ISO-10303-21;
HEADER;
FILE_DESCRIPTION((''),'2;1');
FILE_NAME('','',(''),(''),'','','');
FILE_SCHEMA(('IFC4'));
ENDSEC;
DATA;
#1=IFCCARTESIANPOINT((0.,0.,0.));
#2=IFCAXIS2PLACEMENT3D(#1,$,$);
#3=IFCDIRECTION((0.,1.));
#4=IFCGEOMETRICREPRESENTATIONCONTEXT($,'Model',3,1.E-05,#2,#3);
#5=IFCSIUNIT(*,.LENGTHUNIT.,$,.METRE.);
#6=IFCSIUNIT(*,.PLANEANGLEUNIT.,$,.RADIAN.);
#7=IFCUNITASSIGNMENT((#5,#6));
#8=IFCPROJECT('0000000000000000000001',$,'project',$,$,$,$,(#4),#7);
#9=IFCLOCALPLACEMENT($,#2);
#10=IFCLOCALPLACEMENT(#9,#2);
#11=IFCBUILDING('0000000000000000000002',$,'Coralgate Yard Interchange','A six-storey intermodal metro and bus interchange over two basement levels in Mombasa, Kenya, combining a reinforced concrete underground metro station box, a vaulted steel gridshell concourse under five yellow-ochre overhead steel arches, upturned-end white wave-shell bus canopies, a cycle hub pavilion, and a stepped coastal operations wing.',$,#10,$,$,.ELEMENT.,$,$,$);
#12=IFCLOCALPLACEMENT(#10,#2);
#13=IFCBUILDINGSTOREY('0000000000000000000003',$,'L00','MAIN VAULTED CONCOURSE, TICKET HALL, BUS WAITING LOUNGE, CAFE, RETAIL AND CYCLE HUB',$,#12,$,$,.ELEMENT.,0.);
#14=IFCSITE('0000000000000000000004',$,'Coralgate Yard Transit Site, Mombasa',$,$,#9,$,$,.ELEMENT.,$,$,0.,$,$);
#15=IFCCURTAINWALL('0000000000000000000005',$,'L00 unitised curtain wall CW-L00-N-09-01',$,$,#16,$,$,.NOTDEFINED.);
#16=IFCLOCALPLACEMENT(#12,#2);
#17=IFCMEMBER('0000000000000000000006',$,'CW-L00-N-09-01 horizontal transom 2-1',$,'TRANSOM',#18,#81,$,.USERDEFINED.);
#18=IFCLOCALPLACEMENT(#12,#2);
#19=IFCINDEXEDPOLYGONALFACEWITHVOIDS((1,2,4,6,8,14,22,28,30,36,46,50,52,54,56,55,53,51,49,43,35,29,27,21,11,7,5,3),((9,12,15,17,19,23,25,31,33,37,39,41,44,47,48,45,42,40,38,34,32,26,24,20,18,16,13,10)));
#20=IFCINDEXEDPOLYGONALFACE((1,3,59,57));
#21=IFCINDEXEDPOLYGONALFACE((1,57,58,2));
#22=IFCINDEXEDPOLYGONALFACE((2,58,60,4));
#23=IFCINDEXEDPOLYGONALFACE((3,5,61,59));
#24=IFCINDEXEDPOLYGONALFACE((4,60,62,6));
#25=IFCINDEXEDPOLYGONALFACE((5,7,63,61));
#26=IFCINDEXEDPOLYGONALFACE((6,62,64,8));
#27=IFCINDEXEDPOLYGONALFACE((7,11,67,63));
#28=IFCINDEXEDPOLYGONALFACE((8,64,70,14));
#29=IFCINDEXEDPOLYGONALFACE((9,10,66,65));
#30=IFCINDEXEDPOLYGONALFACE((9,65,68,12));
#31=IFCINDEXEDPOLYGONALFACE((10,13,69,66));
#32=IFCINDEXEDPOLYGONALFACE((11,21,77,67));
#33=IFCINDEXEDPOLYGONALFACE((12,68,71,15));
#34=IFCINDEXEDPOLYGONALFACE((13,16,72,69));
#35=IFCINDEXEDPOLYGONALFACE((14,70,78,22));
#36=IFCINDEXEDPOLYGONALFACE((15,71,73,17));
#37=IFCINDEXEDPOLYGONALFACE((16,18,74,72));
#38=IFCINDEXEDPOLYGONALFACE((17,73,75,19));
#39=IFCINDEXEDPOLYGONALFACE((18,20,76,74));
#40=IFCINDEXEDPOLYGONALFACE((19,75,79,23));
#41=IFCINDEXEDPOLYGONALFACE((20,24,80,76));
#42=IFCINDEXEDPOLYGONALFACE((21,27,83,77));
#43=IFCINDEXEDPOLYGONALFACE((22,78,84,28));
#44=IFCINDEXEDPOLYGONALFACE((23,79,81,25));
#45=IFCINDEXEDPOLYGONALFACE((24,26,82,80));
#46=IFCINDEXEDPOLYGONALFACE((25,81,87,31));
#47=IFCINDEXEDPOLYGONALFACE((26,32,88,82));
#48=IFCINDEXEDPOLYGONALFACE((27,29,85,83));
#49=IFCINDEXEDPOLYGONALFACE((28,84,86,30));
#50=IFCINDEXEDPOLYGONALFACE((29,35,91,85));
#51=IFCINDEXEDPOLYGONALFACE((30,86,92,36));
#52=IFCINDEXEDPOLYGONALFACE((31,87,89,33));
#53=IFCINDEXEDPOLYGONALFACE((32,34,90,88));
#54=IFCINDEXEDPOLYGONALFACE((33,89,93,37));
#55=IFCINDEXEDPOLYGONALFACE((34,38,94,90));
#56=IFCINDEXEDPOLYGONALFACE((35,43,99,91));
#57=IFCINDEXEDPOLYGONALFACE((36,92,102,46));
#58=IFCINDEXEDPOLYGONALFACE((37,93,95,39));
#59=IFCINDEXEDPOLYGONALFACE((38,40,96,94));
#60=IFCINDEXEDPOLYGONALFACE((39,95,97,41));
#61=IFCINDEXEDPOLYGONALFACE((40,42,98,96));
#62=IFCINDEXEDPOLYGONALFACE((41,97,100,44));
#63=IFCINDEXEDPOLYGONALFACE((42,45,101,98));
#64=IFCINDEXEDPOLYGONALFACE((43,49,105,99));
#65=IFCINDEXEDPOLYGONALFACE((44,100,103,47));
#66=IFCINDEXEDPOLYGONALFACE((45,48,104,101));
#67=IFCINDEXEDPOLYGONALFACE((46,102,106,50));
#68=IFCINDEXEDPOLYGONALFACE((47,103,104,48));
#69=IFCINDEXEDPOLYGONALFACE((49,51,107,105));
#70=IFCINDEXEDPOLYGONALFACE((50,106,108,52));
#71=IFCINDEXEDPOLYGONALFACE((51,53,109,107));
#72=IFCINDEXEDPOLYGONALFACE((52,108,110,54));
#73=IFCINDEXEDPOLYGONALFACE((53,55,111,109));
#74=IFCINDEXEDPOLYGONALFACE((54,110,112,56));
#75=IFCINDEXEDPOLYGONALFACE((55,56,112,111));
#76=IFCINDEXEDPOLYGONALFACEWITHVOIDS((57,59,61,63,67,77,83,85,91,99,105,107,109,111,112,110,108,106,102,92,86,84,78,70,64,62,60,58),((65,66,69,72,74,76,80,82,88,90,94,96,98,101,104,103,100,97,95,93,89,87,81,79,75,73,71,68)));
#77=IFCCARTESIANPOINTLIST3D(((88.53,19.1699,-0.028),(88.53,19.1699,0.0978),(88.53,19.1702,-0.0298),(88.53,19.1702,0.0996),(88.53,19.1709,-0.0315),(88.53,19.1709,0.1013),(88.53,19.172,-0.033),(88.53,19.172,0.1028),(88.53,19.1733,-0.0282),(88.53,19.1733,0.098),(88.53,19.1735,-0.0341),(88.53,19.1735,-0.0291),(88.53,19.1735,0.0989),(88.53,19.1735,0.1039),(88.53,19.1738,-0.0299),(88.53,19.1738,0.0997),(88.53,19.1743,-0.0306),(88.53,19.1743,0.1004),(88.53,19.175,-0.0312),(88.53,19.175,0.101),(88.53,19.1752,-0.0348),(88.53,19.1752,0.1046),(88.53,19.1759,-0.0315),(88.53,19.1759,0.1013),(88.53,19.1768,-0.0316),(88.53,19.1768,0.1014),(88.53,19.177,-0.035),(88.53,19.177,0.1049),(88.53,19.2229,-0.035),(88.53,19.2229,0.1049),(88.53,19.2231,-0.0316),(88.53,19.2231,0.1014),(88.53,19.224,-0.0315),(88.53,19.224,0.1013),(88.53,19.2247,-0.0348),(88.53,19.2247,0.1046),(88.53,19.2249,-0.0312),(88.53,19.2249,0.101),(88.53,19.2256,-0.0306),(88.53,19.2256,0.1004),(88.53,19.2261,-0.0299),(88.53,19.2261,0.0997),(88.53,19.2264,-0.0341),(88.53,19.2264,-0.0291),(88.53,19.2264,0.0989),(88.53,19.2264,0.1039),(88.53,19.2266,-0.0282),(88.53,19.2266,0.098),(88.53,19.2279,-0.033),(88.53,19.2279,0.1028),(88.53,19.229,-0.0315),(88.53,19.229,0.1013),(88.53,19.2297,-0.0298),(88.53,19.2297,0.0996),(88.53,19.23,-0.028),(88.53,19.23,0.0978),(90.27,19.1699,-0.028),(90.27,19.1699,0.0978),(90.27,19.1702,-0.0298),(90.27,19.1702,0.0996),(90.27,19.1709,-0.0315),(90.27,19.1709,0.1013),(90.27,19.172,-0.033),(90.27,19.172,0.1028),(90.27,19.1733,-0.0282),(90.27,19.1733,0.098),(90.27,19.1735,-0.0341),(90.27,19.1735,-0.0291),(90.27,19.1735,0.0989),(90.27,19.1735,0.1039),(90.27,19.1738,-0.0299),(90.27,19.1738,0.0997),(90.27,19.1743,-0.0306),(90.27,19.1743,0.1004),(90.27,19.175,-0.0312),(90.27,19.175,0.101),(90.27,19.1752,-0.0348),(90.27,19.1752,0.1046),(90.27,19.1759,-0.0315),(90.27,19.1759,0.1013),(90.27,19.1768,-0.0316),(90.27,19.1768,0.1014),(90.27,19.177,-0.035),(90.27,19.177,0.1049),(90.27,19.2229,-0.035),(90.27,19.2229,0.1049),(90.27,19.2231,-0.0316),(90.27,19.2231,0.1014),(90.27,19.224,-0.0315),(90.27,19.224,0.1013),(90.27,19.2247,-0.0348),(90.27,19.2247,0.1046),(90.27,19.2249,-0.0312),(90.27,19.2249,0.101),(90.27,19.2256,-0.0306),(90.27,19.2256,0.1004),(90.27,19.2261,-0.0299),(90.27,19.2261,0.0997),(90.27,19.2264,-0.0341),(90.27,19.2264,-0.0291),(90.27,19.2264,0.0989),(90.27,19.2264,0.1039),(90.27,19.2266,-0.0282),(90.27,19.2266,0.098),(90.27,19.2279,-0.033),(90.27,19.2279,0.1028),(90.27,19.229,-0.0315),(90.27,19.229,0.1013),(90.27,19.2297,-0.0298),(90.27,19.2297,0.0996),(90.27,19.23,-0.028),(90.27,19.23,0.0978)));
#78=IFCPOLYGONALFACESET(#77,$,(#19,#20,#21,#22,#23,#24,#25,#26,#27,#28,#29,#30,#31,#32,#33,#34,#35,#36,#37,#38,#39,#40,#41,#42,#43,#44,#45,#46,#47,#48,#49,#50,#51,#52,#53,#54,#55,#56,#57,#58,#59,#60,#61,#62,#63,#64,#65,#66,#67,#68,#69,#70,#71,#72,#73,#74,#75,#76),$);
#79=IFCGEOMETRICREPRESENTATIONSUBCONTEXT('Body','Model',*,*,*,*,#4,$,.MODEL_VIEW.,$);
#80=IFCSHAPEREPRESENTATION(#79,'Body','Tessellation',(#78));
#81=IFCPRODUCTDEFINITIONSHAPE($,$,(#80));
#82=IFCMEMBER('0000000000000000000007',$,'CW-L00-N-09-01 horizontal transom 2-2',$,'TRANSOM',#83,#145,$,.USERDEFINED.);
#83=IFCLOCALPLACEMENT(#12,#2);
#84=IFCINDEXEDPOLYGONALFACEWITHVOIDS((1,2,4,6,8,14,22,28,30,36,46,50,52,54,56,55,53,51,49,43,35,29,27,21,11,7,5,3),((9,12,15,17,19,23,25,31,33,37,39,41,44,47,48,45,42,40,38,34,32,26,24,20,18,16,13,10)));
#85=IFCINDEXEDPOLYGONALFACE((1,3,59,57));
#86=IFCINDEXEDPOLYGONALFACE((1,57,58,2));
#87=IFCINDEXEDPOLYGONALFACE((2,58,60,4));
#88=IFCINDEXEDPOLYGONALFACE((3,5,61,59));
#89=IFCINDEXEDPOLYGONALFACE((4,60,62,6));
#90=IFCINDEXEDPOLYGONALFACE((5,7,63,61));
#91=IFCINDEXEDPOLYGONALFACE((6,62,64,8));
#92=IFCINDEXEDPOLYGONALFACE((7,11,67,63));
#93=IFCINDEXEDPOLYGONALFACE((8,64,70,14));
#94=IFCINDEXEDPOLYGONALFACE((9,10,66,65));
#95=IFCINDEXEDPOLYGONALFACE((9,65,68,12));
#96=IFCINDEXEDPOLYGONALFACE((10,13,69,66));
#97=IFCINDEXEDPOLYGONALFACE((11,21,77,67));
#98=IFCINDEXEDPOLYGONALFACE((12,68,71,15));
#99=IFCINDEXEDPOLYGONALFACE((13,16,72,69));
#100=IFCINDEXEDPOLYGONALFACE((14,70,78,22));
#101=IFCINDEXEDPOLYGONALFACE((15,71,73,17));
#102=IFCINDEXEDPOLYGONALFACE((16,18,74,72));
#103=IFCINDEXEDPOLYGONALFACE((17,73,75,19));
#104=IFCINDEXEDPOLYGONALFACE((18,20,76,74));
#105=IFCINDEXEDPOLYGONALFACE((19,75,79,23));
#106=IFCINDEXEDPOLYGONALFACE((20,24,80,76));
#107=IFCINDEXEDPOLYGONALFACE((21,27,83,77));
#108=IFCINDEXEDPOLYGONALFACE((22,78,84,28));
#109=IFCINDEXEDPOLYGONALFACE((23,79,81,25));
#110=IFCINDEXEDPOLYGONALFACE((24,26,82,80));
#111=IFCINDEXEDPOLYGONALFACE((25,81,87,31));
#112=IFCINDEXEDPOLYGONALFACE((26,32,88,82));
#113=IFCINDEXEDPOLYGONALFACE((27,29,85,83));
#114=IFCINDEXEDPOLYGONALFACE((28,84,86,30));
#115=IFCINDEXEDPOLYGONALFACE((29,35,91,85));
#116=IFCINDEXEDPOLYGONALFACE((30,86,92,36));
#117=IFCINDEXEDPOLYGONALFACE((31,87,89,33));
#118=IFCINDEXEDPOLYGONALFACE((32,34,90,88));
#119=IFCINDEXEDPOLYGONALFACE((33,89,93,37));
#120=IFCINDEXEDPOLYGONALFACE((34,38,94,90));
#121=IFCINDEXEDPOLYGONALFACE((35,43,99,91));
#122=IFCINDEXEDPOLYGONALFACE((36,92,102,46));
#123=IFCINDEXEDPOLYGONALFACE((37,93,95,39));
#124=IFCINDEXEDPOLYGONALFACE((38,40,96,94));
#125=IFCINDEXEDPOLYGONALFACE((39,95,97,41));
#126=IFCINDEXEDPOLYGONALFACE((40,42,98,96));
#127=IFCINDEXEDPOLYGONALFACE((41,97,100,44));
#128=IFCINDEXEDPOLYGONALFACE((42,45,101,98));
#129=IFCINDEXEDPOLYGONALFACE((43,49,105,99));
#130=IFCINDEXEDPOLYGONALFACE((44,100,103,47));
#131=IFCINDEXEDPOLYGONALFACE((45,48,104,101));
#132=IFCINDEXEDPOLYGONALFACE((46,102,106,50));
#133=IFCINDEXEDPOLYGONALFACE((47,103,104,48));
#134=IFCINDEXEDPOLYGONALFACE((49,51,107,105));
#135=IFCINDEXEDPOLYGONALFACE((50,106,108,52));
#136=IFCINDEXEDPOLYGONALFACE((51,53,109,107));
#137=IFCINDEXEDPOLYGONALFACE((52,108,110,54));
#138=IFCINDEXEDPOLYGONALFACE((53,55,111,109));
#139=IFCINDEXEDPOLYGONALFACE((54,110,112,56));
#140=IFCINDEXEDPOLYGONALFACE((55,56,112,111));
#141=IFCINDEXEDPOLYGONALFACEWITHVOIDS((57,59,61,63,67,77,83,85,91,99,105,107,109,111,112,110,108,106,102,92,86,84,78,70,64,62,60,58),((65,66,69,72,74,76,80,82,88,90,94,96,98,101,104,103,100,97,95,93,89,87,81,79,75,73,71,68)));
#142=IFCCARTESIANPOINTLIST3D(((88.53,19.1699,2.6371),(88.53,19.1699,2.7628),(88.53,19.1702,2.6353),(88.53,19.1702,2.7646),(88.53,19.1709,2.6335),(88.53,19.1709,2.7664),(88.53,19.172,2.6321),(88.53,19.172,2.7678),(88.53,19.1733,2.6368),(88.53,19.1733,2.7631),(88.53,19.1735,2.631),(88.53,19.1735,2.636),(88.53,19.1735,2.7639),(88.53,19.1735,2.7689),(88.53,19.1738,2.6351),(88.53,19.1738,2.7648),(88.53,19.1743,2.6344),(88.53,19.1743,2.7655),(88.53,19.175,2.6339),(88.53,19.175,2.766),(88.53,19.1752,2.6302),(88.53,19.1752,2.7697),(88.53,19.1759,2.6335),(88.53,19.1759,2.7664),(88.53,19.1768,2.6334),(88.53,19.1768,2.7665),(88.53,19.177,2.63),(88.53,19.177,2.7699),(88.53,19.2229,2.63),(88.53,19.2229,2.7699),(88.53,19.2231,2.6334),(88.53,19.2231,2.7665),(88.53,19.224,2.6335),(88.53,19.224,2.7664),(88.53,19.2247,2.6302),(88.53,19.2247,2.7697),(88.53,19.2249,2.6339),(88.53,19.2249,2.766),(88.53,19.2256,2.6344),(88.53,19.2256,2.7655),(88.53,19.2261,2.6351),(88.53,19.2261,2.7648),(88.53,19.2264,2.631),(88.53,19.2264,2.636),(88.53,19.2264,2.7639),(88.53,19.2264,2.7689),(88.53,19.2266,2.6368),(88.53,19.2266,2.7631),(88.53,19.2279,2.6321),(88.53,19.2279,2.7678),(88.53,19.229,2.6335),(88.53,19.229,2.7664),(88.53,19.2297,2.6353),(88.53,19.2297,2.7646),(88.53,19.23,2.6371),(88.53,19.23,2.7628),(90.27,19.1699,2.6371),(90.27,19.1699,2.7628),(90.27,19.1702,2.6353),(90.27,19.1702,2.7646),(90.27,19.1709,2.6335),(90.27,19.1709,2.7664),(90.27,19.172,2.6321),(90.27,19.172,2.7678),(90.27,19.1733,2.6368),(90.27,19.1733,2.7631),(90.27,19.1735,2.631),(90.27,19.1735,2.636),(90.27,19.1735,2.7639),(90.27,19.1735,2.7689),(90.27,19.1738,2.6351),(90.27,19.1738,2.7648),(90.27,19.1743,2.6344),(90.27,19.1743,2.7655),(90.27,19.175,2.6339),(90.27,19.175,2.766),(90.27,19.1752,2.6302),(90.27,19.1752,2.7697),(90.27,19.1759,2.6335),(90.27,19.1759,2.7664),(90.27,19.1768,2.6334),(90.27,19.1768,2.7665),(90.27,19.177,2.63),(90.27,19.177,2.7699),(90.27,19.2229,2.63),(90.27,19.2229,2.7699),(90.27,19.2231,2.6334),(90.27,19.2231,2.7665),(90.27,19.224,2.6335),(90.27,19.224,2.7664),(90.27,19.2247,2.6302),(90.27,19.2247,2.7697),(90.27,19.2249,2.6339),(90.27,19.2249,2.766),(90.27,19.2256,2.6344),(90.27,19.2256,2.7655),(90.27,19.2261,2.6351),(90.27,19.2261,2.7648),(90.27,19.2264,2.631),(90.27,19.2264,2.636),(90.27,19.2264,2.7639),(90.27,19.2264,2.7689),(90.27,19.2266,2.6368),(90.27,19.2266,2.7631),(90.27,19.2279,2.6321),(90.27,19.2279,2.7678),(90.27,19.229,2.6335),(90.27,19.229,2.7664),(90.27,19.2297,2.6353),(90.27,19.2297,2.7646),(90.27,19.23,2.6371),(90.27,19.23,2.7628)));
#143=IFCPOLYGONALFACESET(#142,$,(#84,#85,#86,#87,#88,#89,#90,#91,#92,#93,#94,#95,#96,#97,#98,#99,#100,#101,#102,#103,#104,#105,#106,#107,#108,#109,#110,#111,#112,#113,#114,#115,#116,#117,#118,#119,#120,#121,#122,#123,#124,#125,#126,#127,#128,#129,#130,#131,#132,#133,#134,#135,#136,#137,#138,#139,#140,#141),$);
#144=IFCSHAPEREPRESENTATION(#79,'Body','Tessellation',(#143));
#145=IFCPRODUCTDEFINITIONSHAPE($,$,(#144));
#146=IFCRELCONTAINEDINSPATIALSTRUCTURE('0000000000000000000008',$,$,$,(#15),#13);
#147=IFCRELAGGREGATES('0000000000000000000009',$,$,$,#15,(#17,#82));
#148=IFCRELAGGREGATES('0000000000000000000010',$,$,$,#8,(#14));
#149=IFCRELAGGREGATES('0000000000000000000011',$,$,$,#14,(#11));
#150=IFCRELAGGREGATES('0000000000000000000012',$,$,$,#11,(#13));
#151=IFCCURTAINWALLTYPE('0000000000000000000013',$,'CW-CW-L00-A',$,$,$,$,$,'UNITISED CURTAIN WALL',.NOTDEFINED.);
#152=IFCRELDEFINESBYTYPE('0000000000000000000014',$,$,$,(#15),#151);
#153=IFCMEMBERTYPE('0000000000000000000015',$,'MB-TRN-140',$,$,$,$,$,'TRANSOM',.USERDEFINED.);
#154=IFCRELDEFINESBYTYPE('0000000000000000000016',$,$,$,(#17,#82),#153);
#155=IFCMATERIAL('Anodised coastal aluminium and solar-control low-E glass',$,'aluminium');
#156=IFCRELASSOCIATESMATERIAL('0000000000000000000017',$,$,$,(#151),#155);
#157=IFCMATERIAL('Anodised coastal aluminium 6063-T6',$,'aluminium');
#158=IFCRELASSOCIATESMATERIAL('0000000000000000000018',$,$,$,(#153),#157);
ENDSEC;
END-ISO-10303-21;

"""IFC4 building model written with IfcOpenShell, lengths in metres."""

from ifc_helpers import new_model, si_unit, direction, frame, origin, origin_2d, place, context, subcontext, project, spatial, hollow_rectangle, extrude, material, material_profile, profile_set, type_object, element, aggregate, save


model = new_model("IFC4")

# Units and contexts
model_context = context("Model", 3, precision=1e-05, world=origin(), true_north=direction((0.0, 1.0)))
body_context = subcontext(model_context, "Body", "Model", "MODEL_VIEW")
ifc_project = project(units=[si_unit("LENGTHUNIT", "METRE"), si_unit("PLANEANGLEUNIT", "RADIAN")], contexts=[model_context])

# Site, building, storey
site_placement = place(None, origin())
site = spatial("IfcSite", under=ifc_project, at=site_placement, Name="Coralgate Yard Transit Site, Mombasa", CompositionType="ELEMENT", RefElevation=0.0)
building_placement = place(site_placement, origin())
building = spatial("IfcBuilding", under=site, at=building_placement, Name="Coralgate Yard Interchange", Description="A six-storey intermodal metro and bus interchange over two basement levels in Mombasa, Kenya, combining a reinforced concrete underground metro station box, a vaulted steel gridshell concourse under five yellow-ochre overhead steel arches, upturned-end white wave-shell bus canopies, a cycle hub pavilion, and a stepped coastal operations wing.", CompositionType="ELEMENT")
storey_placement = place(building_placement, origin())
storey = spatial("IfcBuildingStorey", under=building, at=storey_placement, Name="L00", Description="MAIN VAULTED CONCOURSE, TICKET HALL, BUS WAITING LOUNGE, CAFE, RETAIL AND CYCLE HUB", CompositionType="ELEMENT", Elevation=0.0)

# Shared definitions
ifc_material_1 = material(Name="Anodised coastal aluminium and solar-control low-E glass", Category="aluminium")
ifc_material_2 = material(Name="Anodised coastal aluminium 6063-T6", Category="aluminium")

# Curtain wall
curtain_wall_type_1 = type_object("IfcCurtainWallType", Name="CW-CW-L00-A", ElementType="UNITISED CURTAIN WALL", PredefinedType="NOTDEFINED", material=ifc_material_1)
curtain_wall_1_placement = place(storey_placement, origin())
curtain_wall_1 = element("IfcCurtainWall", 1, at=curtain_wall_1_placement, inside=storey, type_object=curtain_wall_type_1, Name="L00 unitised curtain wall CW-L00-N-09-01", PredefinedType="NOTDEFINED")

# Members
ifc_material_profile_1 = material_profile(ifc_material_2, hollow_rectangle(XDim=0.0601, YDim=0.1399, WallThickness=0.0034, InnerFilletRadius=0.0034, OuterFilletRadius=0.0071, at=origin_2d()), Name="ALU 60x140x3.5")
ifc_profile_set_1 = profile_set([ifc_material_profile_1], Name="Anodised coastal aluminium 6063-T6")
member_type_1 = type_object("IfcMemberType", Name="MB-TRN-140", ElementType="TRANSOM", PredefinedType="USERDEFINED", material=ifc_profile_set_1)
member_1_placement = place(storey_placement, frame((88.53, 19.2, 0.0349), z_axis=(1.0, 0.0, 0.0), x_axis=(0.0, 1.0, 0.0)))
member_1 = element("IfcMember", 2, at=member_1_placement, type_object=member_type_1, Name="CW-L00-N-09-01 horizontal transom 2-1", ObjectType="TRANSOM", PredefinedType="USERDEFINED", context=body_context, shape_type="SweptSolid", body=[
    extrude(hollow_rectangle(XDim=0.0601, YDim=0.1399, WallThickness=0.0034, InnerFilletRadius=0.0034, OuterFilletRadius=0.0071, at=origin_2d()), origin(), (0.0, 0.0, 1.0), 1.74),
])
member_2_placement = place(storey_placement, frame((88.53, 19.2, 2.7), z_axis=(1.0, 0.0, 0.0), x_axis=(0.0, 1.0, 0.0)))
member_2 = element("IfcMember", 3, at=member_2_placement, type_object=member_type_1, Name="CW-L00-N-09-01 horizontal transom 2-2", ObjectType="TRANSOM", PredefinedType="USERDEFINED", context=body_context, shape_type="SweptSolid", body=[
    extrude(hollow_rectangle(XDim=0.0601, YDim=0.1399, WallThickness=0.0034, InnerFilletRadius=0.0034, OuterFilletRadius=0.0071, at=origin_2d()), origin(), (0.0, 0.0, 1.0), 1.74),
])

aggregate(curtain_wall_1, [member_1, member_2])

save(model, "model.ifc")
